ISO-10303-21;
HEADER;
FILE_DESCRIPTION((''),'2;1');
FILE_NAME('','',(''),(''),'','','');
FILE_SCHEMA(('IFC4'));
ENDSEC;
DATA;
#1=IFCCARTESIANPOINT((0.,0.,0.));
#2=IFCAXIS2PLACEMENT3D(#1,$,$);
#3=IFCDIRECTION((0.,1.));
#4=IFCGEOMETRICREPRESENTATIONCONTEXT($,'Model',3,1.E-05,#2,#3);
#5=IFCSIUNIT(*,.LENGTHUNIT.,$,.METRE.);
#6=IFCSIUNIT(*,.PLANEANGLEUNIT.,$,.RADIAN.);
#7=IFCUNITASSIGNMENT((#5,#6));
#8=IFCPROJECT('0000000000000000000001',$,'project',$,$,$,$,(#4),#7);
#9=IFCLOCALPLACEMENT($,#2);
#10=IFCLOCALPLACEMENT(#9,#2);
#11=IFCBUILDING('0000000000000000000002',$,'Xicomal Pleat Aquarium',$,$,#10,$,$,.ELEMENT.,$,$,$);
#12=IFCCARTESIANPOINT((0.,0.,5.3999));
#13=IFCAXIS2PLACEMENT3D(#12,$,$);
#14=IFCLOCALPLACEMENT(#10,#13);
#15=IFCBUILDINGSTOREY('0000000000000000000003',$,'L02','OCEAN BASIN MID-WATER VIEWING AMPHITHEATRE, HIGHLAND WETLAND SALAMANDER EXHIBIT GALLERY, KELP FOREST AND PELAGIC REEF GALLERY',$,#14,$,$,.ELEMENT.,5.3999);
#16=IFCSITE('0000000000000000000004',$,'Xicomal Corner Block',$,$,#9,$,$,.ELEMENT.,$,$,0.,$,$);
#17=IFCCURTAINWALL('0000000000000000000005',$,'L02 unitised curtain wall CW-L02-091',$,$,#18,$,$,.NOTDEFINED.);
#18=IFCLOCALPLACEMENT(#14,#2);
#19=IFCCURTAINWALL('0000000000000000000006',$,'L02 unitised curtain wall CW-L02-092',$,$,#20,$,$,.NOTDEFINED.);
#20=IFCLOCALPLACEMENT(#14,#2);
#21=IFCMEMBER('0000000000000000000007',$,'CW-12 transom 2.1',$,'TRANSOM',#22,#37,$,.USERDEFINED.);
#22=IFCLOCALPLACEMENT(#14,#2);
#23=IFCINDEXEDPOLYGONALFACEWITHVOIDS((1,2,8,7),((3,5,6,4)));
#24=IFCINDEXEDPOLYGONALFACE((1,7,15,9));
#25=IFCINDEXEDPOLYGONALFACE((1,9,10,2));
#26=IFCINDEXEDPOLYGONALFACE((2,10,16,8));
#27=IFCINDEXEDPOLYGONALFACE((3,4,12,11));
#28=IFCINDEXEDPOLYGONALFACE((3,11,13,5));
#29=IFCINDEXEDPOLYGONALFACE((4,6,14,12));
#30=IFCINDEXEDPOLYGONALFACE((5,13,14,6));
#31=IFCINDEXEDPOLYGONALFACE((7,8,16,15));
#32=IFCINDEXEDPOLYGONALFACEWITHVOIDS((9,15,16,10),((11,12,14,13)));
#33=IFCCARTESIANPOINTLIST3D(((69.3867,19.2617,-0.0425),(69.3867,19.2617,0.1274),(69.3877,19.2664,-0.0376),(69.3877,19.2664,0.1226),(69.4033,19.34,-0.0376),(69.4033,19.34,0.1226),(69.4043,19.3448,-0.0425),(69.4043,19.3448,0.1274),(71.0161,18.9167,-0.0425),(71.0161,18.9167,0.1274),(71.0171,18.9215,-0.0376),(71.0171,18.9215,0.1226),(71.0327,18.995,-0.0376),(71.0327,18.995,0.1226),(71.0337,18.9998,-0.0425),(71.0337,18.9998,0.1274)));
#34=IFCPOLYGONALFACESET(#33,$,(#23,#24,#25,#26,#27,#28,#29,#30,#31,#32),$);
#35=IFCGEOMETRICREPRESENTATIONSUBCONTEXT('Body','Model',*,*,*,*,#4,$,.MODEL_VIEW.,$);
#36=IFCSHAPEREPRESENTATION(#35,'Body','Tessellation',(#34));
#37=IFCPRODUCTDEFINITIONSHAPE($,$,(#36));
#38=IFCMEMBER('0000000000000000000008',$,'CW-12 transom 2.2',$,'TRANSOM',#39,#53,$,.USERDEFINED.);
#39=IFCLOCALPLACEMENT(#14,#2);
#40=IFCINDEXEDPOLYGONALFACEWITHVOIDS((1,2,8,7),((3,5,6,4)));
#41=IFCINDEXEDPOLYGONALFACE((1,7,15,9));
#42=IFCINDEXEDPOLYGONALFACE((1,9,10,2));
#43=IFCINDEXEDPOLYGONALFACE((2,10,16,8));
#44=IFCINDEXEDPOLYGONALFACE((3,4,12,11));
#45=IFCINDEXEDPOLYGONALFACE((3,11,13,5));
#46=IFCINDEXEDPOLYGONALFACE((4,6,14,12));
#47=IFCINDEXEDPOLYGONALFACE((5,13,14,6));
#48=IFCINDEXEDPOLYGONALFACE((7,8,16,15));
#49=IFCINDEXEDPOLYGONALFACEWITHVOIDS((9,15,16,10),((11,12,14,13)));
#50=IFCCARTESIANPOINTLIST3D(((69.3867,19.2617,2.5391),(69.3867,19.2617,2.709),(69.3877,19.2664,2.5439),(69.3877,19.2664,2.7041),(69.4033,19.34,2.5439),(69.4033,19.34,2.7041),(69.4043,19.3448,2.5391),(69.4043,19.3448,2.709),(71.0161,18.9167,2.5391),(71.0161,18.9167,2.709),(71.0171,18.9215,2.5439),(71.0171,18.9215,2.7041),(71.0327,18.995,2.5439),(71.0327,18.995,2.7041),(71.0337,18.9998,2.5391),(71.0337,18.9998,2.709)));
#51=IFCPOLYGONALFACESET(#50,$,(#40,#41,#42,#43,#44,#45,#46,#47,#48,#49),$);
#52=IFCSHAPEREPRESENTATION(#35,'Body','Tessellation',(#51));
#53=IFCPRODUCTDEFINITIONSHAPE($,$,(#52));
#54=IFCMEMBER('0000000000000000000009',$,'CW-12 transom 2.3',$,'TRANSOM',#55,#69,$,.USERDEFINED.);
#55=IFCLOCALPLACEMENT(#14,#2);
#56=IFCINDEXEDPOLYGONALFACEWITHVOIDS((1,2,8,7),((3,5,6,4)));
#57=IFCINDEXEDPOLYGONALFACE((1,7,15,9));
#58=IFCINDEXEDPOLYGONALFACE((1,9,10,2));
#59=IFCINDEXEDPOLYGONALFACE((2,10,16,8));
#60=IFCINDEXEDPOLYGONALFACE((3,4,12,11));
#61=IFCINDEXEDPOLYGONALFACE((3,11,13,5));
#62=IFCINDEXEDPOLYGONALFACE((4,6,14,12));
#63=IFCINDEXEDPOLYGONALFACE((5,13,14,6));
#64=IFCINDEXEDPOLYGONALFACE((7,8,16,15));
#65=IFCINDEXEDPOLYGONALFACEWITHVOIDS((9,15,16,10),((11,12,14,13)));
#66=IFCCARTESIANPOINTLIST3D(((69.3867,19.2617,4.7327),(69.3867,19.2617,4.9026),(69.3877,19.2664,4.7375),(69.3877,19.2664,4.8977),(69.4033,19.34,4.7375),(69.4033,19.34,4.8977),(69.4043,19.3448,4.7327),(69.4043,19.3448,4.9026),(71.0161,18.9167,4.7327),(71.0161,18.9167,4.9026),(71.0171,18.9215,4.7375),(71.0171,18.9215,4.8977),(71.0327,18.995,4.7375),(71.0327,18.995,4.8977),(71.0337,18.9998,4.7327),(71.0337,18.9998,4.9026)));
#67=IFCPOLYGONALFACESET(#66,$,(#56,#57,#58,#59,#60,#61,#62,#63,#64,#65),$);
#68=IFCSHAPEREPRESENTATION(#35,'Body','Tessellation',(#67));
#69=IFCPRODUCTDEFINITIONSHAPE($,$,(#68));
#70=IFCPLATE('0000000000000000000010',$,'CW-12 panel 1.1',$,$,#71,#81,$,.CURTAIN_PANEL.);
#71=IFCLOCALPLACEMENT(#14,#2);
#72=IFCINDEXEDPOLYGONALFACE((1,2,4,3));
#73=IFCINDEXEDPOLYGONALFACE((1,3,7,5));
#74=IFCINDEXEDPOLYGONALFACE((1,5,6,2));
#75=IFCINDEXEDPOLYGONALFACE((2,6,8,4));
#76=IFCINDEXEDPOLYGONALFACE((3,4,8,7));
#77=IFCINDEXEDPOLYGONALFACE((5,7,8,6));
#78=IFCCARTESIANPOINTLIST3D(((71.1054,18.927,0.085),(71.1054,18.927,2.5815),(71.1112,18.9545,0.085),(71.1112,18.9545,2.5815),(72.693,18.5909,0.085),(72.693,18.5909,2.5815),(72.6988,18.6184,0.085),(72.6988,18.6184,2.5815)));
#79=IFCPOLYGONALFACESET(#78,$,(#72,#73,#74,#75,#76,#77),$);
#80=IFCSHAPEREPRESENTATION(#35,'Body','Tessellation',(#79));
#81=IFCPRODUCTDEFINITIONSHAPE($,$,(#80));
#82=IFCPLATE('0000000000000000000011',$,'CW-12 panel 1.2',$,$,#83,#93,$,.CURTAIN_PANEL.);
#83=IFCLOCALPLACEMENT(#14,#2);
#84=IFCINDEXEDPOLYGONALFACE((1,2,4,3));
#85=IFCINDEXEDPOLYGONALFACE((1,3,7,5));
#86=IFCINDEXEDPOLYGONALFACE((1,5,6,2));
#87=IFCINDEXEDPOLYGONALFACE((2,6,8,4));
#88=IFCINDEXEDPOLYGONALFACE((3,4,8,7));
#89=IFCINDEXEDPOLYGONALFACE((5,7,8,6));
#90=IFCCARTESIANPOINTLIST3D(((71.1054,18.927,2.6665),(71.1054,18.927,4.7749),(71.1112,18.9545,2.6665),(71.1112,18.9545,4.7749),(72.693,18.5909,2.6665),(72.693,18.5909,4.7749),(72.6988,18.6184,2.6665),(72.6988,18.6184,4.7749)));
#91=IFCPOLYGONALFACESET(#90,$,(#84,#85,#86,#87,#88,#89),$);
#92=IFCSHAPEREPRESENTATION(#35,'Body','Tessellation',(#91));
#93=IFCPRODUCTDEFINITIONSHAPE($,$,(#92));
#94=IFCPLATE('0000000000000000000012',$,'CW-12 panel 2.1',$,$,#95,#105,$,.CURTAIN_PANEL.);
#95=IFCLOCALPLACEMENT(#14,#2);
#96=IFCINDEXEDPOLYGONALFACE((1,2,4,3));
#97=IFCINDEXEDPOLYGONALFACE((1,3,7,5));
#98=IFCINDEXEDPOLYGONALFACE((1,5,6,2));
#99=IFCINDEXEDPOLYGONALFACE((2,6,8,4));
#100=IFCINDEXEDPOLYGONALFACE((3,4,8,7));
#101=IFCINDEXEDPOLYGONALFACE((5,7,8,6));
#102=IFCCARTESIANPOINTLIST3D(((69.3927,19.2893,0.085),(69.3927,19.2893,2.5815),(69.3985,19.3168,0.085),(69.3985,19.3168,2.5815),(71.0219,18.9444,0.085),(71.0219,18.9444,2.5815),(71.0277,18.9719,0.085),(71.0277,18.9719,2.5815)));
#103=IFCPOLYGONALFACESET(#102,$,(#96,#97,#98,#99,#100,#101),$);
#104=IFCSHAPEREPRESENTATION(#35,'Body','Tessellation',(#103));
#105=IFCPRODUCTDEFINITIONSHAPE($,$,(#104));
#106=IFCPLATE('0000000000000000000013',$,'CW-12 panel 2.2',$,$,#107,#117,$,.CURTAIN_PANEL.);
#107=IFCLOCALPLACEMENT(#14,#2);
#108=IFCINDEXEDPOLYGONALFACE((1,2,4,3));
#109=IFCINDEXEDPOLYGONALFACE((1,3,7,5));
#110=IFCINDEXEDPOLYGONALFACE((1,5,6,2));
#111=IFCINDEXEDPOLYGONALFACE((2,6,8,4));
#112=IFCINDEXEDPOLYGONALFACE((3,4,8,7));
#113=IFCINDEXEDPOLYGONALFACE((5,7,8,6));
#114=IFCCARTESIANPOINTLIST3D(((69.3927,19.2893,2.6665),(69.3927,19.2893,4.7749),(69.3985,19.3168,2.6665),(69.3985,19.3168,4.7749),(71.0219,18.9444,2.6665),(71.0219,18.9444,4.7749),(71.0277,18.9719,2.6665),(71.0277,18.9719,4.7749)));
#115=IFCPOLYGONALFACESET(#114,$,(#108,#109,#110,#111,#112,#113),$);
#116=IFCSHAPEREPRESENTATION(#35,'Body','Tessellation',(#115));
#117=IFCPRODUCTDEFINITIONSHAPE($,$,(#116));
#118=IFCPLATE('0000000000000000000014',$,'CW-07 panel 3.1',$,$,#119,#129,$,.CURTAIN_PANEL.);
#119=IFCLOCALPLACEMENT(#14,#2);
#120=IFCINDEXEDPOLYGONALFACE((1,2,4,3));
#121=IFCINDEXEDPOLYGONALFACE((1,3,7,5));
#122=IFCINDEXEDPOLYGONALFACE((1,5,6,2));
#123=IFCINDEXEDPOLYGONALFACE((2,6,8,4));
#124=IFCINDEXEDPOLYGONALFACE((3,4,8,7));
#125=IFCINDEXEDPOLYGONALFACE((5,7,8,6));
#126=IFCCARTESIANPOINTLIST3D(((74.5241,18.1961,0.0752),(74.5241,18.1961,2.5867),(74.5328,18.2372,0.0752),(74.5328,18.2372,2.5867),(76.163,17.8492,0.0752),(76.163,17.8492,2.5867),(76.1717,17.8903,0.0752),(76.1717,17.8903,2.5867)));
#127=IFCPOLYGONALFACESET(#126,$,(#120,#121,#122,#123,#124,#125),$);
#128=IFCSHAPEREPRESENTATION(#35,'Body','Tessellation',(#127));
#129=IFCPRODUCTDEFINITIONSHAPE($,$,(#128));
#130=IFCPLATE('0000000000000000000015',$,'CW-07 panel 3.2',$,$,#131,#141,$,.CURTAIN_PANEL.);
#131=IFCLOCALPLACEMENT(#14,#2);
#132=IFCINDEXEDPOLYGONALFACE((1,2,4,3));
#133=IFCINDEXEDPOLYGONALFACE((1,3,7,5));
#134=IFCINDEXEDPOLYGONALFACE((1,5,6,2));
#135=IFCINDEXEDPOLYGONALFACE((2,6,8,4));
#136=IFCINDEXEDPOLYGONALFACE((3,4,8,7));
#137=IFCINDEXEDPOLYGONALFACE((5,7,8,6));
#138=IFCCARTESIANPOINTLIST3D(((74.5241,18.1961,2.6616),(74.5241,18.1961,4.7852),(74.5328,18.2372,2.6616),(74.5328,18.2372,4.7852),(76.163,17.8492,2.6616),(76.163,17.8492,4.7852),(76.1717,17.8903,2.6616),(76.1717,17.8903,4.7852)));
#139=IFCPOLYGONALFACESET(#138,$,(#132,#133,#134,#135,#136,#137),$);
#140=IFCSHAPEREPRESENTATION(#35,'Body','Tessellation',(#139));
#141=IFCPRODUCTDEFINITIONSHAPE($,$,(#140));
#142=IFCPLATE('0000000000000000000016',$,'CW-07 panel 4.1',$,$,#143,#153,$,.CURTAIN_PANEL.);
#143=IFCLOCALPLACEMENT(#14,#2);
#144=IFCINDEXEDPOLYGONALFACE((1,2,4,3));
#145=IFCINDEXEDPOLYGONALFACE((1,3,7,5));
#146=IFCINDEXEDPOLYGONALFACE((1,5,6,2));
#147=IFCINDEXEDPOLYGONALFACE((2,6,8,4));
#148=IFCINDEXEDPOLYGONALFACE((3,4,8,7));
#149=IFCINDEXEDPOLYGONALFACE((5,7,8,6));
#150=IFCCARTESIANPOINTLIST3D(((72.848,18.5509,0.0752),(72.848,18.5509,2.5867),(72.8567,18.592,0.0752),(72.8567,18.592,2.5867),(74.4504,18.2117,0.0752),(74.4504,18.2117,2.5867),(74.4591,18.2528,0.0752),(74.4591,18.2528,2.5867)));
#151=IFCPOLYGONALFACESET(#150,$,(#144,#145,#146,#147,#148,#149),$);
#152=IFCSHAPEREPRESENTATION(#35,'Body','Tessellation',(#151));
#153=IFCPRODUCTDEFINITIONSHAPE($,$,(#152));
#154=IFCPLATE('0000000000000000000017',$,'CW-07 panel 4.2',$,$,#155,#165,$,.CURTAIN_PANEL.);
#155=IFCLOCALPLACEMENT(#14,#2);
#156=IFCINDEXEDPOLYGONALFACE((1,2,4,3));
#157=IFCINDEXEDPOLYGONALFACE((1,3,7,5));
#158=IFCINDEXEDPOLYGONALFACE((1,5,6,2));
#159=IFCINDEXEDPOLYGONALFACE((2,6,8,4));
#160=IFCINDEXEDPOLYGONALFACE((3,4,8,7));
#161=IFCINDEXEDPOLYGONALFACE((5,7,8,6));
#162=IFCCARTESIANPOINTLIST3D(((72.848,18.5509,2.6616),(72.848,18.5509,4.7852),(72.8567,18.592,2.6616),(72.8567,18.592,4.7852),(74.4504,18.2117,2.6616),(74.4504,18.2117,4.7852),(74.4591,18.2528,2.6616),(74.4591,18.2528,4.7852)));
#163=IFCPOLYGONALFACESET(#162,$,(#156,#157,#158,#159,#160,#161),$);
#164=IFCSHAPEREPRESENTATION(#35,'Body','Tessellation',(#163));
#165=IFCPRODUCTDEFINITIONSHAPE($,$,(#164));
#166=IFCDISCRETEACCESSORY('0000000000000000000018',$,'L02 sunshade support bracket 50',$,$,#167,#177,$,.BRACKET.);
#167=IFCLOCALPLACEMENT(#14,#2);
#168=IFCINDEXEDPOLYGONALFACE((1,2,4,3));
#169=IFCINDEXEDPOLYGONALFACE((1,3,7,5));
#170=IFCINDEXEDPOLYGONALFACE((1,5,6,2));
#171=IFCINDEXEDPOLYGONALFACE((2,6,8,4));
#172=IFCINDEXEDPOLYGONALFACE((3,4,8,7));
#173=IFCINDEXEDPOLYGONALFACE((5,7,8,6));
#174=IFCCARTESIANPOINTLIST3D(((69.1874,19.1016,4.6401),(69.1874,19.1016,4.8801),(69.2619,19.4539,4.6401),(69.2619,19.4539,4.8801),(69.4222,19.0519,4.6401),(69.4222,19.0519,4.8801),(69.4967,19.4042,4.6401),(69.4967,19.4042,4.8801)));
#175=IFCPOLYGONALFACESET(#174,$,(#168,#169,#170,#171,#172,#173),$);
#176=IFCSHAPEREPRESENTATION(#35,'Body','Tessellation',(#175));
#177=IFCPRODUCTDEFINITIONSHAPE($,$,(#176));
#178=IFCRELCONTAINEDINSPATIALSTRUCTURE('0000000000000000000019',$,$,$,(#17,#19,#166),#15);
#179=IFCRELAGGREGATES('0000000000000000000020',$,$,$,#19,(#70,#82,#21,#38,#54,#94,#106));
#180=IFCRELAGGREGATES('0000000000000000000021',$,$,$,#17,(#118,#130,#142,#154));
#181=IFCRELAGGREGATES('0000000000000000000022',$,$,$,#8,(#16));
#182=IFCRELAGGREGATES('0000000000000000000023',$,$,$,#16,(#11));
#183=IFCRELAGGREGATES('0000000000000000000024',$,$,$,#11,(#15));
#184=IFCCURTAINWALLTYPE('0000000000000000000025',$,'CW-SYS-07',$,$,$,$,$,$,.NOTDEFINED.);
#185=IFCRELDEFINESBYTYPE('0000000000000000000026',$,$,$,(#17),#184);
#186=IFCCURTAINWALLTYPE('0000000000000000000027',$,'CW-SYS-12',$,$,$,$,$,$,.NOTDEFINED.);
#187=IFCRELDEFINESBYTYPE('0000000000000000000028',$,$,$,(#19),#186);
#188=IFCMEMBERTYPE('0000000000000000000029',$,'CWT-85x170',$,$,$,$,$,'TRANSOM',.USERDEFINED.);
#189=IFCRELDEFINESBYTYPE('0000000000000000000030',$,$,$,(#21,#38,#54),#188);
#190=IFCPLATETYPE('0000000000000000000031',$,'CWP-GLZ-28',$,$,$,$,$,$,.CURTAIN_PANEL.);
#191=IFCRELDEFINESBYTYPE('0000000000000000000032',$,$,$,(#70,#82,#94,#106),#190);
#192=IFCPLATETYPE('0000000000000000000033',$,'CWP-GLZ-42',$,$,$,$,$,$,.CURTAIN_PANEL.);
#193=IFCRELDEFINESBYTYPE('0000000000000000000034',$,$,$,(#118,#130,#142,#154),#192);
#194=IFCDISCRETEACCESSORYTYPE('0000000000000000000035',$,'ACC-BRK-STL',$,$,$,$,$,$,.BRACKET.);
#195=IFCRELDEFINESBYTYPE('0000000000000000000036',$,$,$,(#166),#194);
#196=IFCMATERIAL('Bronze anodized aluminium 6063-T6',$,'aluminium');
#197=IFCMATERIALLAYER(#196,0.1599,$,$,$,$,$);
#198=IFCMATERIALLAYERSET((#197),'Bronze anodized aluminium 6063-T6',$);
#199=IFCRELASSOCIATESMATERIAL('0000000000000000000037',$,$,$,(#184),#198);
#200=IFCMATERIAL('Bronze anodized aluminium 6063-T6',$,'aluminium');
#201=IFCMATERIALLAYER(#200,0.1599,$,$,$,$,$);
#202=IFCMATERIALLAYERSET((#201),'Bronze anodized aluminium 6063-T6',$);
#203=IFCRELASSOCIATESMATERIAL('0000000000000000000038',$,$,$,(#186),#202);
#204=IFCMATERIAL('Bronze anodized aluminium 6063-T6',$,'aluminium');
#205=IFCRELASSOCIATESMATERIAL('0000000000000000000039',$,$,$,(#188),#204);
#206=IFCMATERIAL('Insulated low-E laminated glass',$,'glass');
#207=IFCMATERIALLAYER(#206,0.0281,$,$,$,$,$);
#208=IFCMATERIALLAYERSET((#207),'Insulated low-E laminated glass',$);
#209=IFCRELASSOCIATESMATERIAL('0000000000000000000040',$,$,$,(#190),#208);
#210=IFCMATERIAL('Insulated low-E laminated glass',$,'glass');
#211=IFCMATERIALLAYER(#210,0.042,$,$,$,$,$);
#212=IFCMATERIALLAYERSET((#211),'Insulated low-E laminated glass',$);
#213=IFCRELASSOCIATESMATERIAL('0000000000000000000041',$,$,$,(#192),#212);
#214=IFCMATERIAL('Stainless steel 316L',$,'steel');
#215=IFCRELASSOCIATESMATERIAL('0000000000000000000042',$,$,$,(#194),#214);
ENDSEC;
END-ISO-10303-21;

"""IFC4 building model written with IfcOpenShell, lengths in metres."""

from ifc_helpers import new_model, si_unit, direction, frame, origin, origin_2d, place, context, subcontext, project, spatial, rectangle, hollow_rectangle, extrude, material, layer, layer_set, material_profile, profile_set, type_object, element, aggregate, save


model = new_model("IFC4")

# Units and contexts
model_context = context("Model", 3, precision=1e-05, world=origin(), true_north=direction((0.0, 1.0)))
body_context = subcontext(model_context, "Body", "Model", "MODEL_VIEW")
ifc_project = project(units=[si_unit("LENGTHUNIT", "METRE"), si_unit("PLANEANGLEUNIT", "RADIAN")], contexts=[model_context])

# Site, building, storey
site_placement = place(None, origin())
site = spatial("IfcSite", under=ifc_project, at=site_placement, Name="Xicomal Corner Block", CompositionType="ELEMENT", RefElevation=0.0)
building_placement = place(site_placement, origin())
building = spatial("IfcBuilding", under=site, at=building_placement, Name="Xicomal Pleat Aquarium", CompositionType="ELEMENT")
storey_placement = place(building_placement, frame((0.0, 0.0, 5.3999)))
storey = spatial("IfcBuildingStorey", under=building, at=storey_placement, Name="L02", Description="OCEAN BASIN MID-WATER VIEWING AMPHITHEATRE, HIGHLAND WETLAND SALAMANDER EXHIBIT GALLERY, KELP FOREST AND PELAGIC REEF GALLERY", CompositionType="ELEMENT", Elevation=5.3999)

# Curtain walls
ifc_material_1 = material(Name="Bronze anodized aluminium 6063-T6", Category="aluminium")
ifc_layer_1 = layer(ifc_material_1, 0.1599)
ifc_layer_set_1 = layer_set([ifc_layer_1], Name="Bronze anodized aluminium 6063-T6")
curtain_wall_type_1 = type_object("IfcCurtainWallType", Name="CW-SYS-07", PredefinedType="NOTDEFINED", material=ifc_layer_set_1)
curtain_wall_1_placement = place(storey_placement, origin())
curtain_wall_1 = element("IfcCurtainWall", 1, at=curtain_wall_1_placement, inside=storey, type_object=curtain_wall_type_1, Name="L02 unitised curtain wall CW-L02-091", PredefinedType="NOTDEFINED")
ifc_material_2 = material(Name="Bronze anodized aluminium 6063-T6", Category="aluminium")
ifc_layer_2 = layer(ifc_material_2, 0.1599)
ifc_layer_set_2 = layer_set([ifc_layer_2], Name="Bronze anodized aluminium 6063-T6")
curtain_wall_type_2 = type_object("IfcCurtainWallType", Name="CW-SYS-12", PredefinedType="NOTDEFINED", material=ifc_layer_set_2)
curtain_wall_2_placement = place(storey_placement, origin())
curtain_wall_2 = element("IfcCurtainWall", 2, at=curtain_wall_2_placement, inside=storey, type_object=curtain_wall_type_2, Name="L02 unitised curtain wall CW-L02-092", PredefinedType="NOTDEFINED")

# Members
ifc_material_3 = material(Name="Bronze anodized aluminium 6063-T6", Category="aluminium")
ifc_material_profile_1 = material_profile(ifc_material_3, hollow_rectangle(XDim=0.085, YDim=0.1699, WallThickness=0.0049, at=origin_2d()), Name="ALU TRAN 85x170")
ifc_profile_set_1 = profile_set([ifc_material_profile_1], Name="Bronze anodized aluminium 6063-T6")
member_type_1 = type_object("IfcMemberType", Name="CWT-85x170", ElementType="TRANSOM", PredefinedType="USERDEFINED", material=ifc_profile_set_1)
member_1_placement = place(storey_placement, frame((71.0249, 18.9583, 0.0425), z_axis=(-0.978314, 0.207126, 0.0), x_axis=(-0.207126, -0.978314, 0.0)))
member_1 = element("IfcMember", 3, at=member_1_placement, type_object=member_type_1, Name="CW-12 transom 2.1", ObjectType="TRANSOM", PredefinedType="USERDEFINED", context=body_context, shape_type="SweptSolid", body=[
    extrude(hollow_rectangle(XDim=0.085, YDim=0.1699, WallThickness=0.0049, at=origin_2d()), origin(), (0.0, 0.0, 1.0), 1.6655),
])
member_2_placement = place(storey_placement, frame((71.0249, 18.9583, 2.624), z_axis=(-0.978314, 0.207126, 0.0), x_axis=(-0.207126, -0.978314, 0.0)))
member_2 = element("IfcMember", 4, at=member_2_placement, type_object=member_type_1, Name="CW-12 transom 2.2", ObjectType="TRANSOM", PredefinedType="USERDEFINED", context=body_context, shape_type="SweptSolid", body=[
    extrude(hollow_rectangle(XDim=0.085, YDim=0.1699, WallThickness=0.0049, at=origin_2d()), origin(), (0.0, 0.0, 1.0), 1.6655),
])
member_3_placement = place(storey_placement, frame((71.0249, 18.9583, 4.8176), z_axis=(-0.978314, 0.207126, 0.0), x_axis=(-0.207126, -0.978314, 0.0)))
member_3 = element("IfcMember", 5, at=member_3_placement, type_object=member_type_1, Name="CW-12 transom 2.3", ObjectType="TRANSOM", PredefinedType="USERDEFINED", context=body_context, shape_type="SweptSolid", body=[
    extrude(hollow_rectangle(XDim=0.085, YDim=0.1699, WallThickness=0.0049, at=origin_2d()), origin(), (0.0, 0.0, 1.0), 1.6655),
])

# Plates
ifc_material_4 = material(Name="Insulated low-E laminated glass", Category="glass")
ifc_layer_3 = layer(ifc_material_4, 0.0281)
ifc_layer_set_3 = layer_set([ifc_layer_3], Name="Insulated low-E laminated glass")
plate_type_1 = type_object("IfcPlateType", Name="CWP-GLZ-28", PredefinedType="CURTAIN_PANEL", material=ifc_layer_set_3)
plate_1_placement = place(storey_placement, frame((71.9021, 18.7727, 0.085), z_axis=(0.0, 0.0, 1.0), x_axis=(-0.978322, 0.20709, 0.0)))
plate_1 = element("IfcPlate", 6, at=plate_1_placement, type_object=plate_type_1, Name="CW-12 panel 1.1", PredefinedType="CURTAIN_PANEL", context=body_context, shape_type="SweptSolid", body=[
    extrude(rectangle(XDim=1.6228, YDim=0.0281, at=origin_2d()), origin(), (0.0, 0.0, 1.0), 2.4966),
])
plate_2_placement = place(storey_placement, frame((71.9021, 18.7727, 2.6665), z_axis=(0.0, 0.0, 1.0), x_axis=(-0.978322, 0.20709, 0.0)))
plate_2 = element("IfcPlate", 7, at=plate_2_placement, type_object=plate_type_1, Name="CW-12 panel 1.2", PredefinedType="CURTAIN_PANEL", context=body_context, shape_type="SweptSolid", body=[
    extrude(rectangle(XDim=1.6228, YDim=0.0281, at=origin_2d()), origin(), (0.0, 0.0, 1.0), 2.1084),
])
plate_3_placement = place(storey_placement, frame((70.2102, 19.1306, 0.085), z_axis=(0.0, 0.0, 1.0), x_axis=(-0.978322, 0.20709, 0.0)))
plate_3 = element("IfcPlate", 8, at=plate_3_placement, type_object=plate_type_1, Name="CW-12 panel 2.1", PredefinedType="CURTAIN_PANEL", context=body_context, shape_type="SweptSolid", body=[
    extrude(rectangle(XDim=1.6653, YDim=0.0281, at=origin_2d()), origin(), (0.0, 0.0, 1.0), 2.4966),
])
plate_4_placement = place(storey_placement, frame((70.2102, 19.1306, 2.6665), z_axis=(0.0, 0.0, 1.0), x_axis=(-0.978322, 0.20709, 0.0)))
plate_4 = element("IfcPlate", 9, at=plate_4_placement, type_object=plate_type_1, Name="CW-12 panel 2.2", PredefinedType="CURTAIN_PANEL", context=body_context, shape_type="SweptSolid", body=[
    extrude(rectangle(XDim=1.6653, YDim=0.0281, at=origin_2d()), origin(), (0.0, 0.0, 1.0), 2.1084),
])
aggregate(curtain_wall_2, [plate_1, plate_2, member_1, member_2, member_3, plate_3, plate_4])
ifc_material_5 = material(Name="Insulated low-E laminated glass", Category="glass")
ifc_layer_4 = layer(ifc_material_5, 0.042)
ifc_layer_set_4 = layer_set([ifc_layer_4], Name="Insulated low-E laminated glass")
plate_type_2 = type_object("IfcPlateType", Name="CWP-GLZ-42", PredefinedType="CURTAIN_PANEL", material=ifc_layer_set_4)
plate_5_placement = place(storey_placement, frame((75.3479, 18.0432, 0.0752), z_axis=(0.0, 0.0, 1.0), x_axis=(-0.978322, 0.20709, 0.0)))
plate_5 = element("IfcPlate", 10, at=plate_5_placement, type_object=plate_type_2, Name="CW-07 panel 3.1", PredefinedType="CURTAIN_PANEL", context=body_context, shape_type="SweptSolid", body=[
    extrude(rectangle(XDim=1.6753, YDim=0.042, at=origin_2d()), origin(), (0.0, 0.0, 1.0), 2.5115),
])
plate_6_placement = place(storey_placement, frame((75.3479, 18.0432, 2.6616), z_axis=(0.0, 0.0, 1.0), x_axis=(-0.978322, 0.20709, 0.0)))
plate_6 = element("IfcPlate", 11, at=plate_6_placement, type_object=plate_type_2, Name="CW-07 panel 3.2", PredefinedType="CURTAIN_PANEL", context=body_context, shape_type="SweptSolid", body=[
    extrude(rectangle(XDim=1.6753, YDim=0.042, at=origin_2d()), origin(), (0.0, 0.0, 1.0), 2.1235),
])
plate_7_placement = place(storey_placement, frame((73.6536, 18.4019, 0.0752), z_axis=(0.0, 0.0, 1.0), x_axis=(-0.978322, 0.20709, 0.0)))
plate_7 = element("IfcPlate", 12, at=plate_7_placement, type_object=plate_type_2, Name="CW-07 panel 4.1", PredefinedType="CURTAIN_PANEL", context=body_context, shape_type="SweptSolid", body=[
    extrude(rectangle(XDim=1.6379, YDim=0.042, at=origin_2d()), origin(), (0.0, 0.0, 1.0), 2.5115),
])
plate_8_placement = place(storey_placement, frame((73.6536, 18.4019, 2.6616), z_axis=(0.0, 0.0, 1.0), x_axis=(-0.978322, 0.20709, 0.0)))
plate_8 = element("IfcPlate", 13, at=plate_8_placement, type_object=plate_type_2, Name="CW-07 panel 4.2", PredefinedType="CURTAIN_PANEL", context=body_context, shape_type="SweptSolid", body=[
    extrude(rectangle(XDim=1.6379, YDim=0.042, at=origin_2d()), origin(), (0.0, 0.0, 1.0), 2.1235),
])
aggregate(curtain_wall_1, [plate_5, plate_6, plate_7, plate_8])

# Discrete accessory
ifc_material_6 = material(Name="Stainless steel 316L", Category="steel")
discrete_accessory_type = type_object("IfcDiscreteAccessoryType", Name="ACC-BRK-STL", PredefinedType="BRACKET", material=ifc_material_6)
discrete_accessory_placement = place(storey_placement, frame((69.342, 19.2529, 4.6401), z_axis=(0.0, 0.0, 1.0), x_axis=(-0.978329, 0.207058, 0.0)))
element("IfcDiscreteAccessory", 14, at=discrete_accessory_placement, inside=storey, type_object=discrete_accessory_type, Name="L02 sunshade support bracket 50", PredefinedType="BRACKET", context=body_context, shape_type="SweptSolid", body=[
    extrude(rectangle(XDim=0.24, YDim=0.3601, at=origin_2d()), origin(), (0.0, 0.0, 1.0), 0.24),
])

save(model, "model.ifc")
